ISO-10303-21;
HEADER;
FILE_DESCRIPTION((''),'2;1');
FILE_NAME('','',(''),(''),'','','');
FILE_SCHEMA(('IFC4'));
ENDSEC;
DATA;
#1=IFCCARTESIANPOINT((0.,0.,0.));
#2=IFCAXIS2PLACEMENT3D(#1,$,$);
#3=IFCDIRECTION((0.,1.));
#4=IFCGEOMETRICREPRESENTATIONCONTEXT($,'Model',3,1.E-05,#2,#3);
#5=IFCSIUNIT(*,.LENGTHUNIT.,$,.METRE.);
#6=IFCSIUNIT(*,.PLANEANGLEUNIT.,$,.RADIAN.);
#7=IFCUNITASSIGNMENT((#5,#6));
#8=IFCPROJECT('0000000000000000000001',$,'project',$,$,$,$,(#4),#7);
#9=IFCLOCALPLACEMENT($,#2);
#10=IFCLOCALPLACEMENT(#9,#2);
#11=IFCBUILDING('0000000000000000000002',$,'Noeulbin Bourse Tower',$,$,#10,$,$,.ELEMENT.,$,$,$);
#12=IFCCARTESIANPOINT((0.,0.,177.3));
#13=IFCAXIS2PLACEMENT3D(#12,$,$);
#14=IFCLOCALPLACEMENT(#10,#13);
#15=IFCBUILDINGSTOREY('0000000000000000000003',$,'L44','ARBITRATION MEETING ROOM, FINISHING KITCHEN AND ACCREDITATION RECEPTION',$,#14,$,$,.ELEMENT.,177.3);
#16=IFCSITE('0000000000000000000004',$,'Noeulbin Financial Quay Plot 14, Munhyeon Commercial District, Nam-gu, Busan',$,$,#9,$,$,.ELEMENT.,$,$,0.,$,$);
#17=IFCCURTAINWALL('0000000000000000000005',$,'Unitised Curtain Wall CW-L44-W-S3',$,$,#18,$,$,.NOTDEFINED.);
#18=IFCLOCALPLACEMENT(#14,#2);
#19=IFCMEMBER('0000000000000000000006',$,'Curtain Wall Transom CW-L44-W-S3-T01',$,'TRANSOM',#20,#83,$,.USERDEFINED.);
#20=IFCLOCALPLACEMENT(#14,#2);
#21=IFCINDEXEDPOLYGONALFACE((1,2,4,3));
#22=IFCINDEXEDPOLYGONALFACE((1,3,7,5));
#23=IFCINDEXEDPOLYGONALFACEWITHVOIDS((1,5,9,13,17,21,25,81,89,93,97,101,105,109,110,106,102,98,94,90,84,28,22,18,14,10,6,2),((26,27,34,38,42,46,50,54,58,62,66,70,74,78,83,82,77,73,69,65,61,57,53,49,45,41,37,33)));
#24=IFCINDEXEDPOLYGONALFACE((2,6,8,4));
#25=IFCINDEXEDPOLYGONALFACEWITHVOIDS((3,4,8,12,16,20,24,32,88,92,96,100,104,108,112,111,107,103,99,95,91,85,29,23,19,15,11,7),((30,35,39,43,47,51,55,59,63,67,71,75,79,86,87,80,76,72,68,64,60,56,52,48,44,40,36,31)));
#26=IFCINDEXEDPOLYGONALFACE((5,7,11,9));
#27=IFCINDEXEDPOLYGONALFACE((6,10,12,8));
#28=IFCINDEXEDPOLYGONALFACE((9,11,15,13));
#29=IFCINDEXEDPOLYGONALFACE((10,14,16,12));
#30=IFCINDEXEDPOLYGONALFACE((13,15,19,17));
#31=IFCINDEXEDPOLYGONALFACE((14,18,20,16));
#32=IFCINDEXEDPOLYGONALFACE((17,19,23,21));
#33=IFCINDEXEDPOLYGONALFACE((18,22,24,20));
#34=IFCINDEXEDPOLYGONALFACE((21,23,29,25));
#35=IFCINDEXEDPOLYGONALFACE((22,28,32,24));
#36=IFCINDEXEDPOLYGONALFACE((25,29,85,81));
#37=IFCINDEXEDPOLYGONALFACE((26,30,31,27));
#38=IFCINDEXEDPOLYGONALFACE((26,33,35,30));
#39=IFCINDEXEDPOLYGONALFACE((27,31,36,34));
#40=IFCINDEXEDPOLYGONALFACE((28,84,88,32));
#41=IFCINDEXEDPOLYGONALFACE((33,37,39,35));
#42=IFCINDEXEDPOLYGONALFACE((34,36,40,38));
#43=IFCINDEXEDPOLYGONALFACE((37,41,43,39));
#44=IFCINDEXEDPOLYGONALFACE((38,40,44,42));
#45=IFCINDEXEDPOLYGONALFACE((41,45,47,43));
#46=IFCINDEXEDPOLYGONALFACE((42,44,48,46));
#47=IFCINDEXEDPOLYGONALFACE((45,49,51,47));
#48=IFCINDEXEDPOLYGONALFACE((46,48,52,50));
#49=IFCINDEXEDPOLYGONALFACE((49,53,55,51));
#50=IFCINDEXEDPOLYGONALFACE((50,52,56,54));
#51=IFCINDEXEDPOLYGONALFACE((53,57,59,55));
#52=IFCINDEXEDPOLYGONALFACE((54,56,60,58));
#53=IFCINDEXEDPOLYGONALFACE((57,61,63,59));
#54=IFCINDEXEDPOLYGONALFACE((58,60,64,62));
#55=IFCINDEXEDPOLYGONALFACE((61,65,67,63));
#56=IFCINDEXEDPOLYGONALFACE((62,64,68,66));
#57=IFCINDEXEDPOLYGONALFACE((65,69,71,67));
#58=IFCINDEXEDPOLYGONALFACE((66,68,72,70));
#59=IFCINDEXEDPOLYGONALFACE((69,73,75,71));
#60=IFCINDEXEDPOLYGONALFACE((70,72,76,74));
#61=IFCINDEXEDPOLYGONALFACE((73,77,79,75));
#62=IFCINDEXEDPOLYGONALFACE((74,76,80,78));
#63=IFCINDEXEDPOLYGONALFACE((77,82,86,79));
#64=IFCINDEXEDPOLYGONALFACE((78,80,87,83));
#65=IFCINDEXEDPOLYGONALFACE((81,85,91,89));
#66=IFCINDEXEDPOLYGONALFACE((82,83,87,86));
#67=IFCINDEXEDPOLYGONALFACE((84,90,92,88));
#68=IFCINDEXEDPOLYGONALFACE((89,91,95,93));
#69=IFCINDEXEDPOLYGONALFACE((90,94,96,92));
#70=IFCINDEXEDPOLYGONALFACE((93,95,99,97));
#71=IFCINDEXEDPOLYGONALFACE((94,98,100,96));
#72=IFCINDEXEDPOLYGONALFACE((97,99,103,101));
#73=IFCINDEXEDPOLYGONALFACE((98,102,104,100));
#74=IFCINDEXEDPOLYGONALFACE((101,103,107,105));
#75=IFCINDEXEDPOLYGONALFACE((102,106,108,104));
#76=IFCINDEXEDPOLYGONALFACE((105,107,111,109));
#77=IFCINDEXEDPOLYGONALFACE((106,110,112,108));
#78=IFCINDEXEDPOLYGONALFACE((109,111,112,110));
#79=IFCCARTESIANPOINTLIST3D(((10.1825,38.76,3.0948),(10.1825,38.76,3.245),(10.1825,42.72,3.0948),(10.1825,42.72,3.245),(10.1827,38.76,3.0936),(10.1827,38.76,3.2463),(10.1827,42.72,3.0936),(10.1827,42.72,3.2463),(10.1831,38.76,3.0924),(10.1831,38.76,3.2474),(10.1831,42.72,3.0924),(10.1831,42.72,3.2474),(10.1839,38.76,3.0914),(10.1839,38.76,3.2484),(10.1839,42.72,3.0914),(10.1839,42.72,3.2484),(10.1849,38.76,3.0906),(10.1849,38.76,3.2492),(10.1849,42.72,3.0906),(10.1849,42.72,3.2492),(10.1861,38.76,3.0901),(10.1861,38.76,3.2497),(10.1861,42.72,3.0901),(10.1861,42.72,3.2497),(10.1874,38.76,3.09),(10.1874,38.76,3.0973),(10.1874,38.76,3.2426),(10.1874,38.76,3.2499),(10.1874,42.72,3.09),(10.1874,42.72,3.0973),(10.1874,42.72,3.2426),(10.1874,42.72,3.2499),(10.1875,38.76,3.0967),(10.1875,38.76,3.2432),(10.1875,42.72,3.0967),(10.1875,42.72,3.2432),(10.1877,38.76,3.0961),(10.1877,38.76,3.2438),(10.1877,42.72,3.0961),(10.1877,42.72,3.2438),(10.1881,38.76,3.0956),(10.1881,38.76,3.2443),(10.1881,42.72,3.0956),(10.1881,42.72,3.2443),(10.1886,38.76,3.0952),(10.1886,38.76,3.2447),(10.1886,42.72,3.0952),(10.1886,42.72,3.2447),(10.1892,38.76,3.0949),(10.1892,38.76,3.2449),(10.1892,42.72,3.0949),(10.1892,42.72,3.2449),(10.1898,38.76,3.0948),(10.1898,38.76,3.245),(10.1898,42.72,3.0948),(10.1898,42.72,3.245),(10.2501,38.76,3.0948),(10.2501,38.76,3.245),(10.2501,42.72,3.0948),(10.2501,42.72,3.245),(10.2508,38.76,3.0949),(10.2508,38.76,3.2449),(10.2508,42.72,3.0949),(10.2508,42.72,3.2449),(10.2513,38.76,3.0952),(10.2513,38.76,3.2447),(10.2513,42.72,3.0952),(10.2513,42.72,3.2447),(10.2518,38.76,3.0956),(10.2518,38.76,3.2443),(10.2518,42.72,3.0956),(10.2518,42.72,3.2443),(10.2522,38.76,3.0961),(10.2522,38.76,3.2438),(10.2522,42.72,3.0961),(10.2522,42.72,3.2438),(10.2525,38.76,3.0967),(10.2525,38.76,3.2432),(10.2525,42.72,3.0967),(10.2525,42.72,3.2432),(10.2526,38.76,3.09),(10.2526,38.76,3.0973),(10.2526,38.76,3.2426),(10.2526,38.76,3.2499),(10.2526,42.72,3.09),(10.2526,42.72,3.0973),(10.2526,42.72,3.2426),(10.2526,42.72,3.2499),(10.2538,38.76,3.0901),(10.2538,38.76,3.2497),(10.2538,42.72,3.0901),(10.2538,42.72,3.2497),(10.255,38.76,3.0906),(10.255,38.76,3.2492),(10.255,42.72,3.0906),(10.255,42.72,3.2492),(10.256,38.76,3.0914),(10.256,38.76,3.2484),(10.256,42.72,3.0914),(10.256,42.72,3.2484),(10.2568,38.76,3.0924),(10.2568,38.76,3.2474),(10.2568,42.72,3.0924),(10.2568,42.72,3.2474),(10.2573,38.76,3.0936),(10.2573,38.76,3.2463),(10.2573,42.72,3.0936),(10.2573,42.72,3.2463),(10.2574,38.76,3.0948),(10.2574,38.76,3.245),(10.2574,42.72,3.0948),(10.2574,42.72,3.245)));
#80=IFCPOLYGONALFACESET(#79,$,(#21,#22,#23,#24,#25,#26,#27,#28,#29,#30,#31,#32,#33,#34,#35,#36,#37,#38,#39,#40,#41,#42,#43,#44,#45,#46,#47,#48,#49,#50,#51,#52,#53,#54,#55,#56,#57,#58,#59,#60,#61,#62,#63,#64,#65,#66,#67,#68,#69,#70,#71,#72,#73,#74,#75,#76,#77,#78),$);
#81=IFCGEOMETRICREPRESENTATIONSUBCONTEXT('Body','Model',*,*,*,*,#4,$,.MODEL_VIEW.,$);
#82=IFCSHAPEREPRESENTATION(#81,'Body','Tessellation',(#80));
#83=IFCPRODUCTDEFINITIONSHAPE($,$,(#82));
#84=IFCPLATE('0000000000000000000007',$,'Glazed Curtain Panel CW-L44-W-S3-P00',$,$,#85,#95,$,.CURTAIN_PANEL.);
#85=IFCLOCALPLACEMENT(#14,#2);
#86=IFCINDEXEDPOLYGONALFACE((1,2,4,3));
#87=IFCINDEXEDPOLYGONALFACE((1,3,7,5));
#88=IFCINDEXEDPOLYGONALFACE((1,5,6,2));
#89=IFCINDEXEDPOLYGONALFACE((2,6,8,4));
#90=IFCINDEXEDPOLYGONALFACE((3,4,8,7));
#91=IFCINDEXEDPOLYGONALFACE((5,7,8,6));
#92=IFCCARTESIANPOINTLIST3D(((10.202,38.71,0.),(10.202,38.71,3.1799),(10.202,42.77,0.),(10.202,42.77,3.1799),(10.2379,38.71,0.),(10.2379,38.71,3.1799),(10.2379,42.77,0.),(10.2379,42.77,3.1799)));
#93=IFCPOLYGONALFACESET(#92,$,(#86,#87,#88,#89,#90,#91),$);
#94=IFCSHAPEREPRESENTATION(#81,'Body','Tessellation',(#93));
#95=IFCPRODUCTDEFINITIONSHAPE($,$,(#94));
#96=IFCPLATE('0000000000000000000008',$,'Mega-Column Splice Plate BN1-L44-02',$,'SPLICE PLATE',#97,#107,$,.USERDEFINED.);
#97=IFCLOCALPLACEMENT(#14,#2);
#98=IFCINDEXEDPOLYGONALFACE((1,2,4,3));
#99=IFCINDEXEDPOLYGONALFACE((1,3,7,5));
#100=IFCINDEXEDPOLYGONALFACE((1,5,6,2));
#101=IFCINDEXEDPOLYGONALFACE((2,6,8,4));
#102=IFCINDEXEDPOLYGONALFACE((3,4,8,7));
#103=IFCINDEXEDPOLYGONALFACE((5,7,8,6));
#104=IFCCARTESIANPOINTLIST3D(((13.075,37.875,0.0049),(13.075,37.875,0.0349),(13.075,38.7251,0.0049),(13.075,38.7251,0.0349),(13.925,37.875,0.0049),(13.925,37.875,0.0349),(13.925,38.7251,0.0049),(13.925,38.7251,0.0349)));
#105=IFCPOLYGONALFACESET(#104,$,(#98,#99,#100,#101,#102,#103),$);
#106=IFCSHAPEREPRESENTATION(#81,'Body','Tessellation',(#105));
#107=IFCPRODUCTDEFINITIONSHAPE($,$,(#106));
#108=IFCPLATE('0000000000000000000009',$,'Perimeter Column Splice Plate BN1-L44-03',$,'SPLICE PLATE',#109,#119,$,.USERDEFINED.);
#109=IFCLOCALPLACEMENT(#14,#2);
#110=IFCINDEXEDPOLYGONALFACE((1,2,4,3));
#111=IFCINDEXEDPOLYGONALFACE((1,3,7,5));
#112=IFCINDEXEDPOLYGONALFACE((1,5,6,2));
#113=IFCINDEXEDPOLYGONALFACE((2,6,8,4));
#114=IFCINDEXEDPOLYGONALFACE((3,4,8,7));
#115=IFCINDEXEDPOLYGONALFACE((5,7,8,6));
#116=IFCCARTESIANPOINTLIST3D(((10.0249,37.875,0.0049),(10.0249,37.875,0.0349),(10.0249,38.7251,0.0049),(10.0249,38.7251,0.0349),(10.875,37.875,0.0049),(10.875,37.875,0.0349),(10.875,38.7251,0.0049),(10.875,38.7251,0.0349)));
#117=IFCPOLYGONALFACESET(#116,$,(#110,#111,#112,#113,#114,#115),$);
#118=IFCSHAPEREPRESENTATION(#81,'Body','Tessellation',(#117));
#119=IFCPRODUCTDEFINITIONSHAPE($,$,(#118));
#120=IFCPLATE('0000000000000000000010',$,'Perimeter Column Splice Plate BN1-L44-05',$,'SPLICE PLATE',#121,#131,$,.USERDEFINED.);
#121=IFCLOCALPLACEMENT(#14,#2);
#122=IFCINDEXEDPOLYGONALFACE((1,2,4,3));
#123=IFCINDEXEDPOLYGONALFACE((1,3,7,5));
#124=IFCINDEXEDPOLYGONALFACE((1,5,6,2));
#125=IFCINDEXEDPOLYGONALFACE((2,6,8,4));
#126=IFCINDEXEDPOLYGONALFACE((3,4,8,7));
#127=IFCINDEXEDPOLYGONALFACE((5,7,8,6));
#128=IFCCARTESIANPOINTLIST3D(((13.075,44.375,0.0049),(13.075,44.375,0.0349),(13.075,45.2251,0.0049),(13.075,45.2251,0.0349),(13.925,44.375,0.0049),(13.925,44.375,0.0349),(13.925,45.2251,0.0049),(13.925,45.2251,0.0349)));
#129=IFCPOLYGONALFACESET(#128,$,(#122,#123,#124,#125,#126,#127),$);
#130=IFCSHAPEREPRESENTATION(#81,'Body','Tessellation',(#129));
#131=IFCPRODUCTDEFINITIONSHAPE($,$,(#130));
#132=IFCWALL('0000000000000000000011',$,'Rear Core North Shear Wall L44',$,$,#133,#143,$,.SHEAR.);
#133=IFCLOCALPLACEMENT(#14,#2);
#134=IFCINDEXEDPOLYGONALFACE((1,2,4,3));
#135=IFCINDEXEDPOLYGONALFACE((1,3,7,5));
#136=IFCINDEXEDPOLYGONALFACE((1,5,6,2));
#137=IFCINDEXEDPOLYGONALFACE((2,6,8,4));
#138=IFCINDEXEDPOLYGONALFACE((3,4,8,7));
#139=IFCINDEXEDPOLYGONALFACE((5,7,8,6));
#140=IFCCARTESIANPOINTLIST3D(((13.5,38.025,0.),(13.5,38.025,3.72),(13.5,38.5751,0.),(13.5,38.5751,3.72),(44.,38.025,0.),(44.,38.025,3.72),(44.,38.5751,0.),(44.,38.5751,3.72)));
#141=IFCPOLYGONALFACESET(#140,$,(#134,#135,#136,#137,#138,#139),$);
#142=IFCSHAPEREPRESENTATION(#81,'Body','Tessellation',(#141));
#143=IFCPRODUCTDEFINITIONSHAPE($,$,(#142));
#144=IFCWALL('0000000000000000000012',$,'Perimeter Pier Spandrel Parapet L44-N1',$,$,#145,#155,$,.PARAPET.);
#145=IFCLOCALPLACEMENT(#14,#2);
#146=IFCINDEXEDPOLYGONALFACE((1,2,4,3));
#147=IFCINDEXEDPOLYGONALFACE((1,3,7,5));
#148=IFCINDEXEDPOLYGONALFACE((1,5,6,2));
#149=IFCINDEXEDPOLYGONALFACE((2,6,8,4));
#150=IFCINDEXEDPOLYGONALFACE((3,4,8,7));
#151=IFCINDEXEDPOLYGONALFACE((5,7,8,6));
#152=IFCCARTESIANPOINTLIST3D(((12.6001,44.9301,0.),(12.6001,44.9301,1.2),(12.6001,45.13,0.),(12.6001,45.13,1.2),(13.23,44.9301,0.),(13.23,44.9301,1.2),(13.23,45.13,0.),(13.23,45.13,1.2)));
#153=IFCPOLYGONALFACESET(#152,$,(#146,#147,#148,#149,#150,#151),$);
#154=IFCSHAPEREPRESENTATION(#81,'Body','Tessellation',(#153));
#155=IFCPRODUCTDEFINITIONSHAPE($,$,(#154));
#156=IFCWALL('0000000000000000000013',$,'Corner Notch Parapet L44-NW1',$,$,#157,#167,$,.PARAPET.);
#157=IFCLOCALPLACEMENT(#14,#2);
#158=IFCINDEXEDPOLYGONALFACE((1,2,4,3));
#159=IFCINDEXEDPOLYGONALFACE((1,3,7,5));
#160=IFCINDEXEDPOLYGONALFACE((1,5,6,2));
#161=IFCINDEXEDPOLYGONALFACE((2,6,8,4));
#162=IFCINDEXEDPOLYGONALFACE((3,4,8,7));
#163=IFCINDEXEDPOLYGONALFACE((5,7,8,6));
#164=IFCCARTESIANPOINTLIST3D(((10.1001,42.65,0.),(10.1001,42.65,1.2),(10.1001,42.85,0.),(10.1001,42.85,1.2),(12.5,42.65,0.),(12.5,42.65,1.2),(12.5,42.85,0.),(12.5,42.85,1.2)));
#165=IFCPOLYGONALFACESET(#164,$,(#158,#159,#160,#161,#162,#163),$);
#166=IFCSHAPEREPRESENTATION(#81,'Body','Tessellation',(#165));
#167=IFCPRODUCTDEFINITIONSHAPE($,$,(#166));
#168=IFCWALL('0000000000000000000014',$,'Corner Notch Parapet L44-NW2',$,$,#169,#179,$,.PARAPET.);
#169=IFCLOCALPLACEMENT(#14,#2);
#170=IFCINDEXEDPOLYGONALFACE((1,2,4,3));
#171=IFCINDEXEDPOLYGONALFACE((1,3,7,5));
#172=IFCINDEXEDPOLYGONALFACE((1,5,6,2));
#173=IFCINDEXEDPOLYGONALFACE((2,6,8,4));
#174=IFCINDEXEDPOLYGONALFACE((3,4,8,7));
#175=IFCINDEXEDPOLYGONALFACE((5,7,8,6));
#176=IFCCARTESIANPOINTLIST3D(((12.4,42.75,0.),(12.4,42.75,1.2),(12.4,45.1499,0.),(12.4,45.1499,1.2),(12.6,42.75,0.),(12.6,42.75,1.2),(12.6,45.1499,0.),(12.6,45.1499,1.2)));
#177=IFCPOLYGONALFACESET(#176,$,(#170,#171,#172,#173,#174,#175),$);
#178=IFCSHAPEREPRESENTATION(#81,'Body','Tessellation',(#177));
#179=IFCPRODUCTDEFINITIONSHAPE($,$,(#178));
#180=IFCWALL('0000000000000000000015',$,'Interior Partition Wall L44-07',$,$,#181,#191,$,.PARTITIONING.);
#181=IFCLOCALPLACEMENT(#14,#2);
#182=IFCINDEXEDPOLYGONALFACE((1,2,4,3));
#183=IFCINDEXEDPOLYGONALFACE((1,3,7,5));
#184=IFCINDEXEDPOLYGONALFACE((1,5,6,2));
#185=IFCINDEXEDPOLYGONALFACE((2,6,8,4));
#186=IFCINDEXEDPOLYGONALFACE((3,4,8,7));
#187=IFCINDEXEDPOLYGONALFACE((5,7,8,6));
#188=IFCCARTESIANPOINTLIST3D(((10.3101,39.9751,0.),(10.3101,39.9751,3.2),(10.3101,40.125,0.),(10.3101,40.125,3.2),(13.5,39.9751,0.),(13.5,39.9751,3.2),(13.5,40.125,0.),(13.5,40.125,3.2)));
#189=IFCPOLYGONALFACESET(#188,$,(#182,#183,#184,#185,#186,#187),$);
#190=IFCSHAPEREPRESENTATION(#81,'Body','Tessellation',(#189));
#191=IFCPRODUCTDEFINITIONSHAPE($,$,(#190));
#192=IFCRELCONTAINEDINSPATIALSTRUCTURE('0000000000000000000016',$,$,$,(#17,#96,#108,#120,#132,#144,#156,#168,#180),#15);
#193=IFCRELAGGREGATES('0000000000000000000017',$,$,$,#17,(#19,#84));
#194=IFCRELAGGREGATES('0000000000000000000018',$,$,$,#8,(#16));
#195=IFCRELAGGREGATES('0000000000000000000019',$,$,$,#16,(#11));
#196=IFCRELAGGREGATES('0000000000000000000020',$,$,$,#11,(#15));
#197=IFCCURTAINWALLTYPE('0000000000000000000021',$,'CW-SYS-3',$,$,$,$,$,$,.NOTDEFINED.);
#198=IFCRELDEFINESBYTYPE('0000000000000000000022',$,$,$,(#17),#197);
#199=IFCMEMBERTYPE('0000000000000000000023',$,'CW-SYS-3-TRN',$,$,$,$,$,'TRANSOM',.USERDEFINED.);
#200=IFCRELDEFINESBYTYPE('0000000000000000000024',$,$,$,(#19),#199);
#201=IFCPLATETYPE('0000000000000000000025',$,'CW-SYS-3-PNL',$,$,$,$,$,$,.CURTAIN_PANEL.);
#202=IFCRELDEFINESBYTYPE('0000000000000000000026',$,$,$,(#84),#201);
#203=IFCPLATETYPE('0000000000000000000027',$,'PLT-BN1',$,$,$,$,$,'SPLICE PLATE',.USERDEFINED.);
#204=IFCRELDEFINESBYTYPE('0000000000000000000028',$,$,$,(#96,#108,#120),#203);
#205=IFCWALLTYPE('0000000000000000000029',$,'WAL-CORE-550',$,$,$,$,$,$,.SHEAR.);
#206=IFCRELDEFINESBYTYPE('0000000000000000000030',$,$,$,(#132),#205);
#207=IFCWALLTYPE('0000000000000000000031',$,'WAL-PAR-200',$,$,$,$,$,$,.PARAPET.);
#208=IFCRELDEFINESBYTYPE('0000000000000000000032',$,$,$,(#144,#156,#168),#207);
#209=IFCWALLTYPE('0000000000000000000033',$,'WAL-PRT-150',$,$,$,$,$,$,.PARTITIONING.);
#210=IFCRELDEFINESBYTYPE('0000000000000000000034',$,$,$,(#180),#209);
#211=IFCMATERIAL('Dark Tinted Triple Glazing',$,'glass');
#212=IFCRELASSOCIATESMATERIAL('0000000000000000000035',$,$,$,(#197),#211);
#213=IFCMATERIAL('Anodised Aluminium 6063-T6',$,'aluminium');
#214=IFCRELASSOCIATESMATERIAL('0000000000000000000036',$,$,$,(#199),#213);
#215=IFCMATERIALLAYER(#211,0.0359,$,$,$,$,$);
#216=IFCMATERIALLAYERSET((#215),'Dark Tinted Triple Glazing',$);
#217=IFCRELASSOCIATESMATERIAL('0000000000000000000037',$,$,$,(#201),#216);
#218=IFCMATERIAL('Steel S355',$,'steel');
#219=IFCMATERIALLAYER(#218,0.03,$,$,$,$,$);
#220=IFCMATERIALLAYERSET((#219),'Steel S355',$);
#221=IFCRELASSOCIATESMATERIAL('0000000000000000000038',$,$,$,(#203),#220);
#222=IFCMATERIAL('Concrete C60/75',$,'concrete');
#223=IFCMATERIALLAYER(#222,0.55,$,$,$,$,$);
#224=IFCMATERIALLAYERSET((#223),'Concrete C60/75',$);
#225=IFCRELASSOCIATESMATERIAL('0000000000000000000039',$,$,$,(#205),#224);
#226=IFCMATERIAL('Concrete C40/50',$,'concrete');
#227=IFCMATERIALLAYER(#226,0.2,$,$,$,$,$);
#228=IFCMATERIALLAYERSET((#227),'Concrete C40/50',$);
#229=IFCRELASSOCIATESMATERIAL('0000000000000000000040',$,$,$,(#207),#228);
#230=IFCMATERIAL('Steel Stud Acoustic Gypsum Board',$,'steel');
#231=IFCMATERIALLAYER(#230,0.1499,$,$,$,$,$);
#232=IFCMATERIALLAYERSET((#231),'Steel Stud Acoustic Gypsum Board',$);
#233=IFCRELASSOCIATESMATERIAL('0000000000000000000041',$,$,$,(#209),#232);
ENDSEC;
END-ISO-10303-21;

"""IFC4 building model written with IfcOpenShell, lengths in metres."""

from ifc_helpers import new_model, si_unit, direction, frame, frame_2d, origin, origin_2d, place, context, subcontext, project, spatial, rectangle, hollow_rectangle, extrude, material, layer, layer_set, material_profile, profile_set, type_object, element, aggregate, save


model = new_model("IFC4")

# Units and contexts
model_context = context("Model", 3, precision=1e-05, world=origin(), true_north=direction((0.0, 1.0)))
body_context = subcontext(model_context, "Body", "Model", "MODEL_VIEW")
ifc_project = project(units=[si_unit("LENGTHUNIT", "METRE"), si_unit("PLANEANGLEUNIT", "RADIAN")], contexts=[model_context])

# Site, building, storey
site_placement = place(None, origin())
site = spatial("IfcSite", under=ifc_project, at=site_placement, Name="Noeulbin Financial Quay Plot 14, Munhyeon Commercial District, Nam-gu, Busan", CompositionType="ELEMENT", RefElevation=0.0)
building_placement = place(site_placement, origin())
building = spatial("IfcBuilding", under=site, at=building_placement, Name="Noeulbin Bourse Tower", CompositionType="ELEMENT")
storey_placement = place(building_placement, frame((0.0, 0.0, 177.3)))
storey = spatial("IfcBuildingStorey", under=building, at=storey_placement, Name="L44", Description="ARBITRATION MEETING ROOM, FINISHING KITCHEN AND ACCREDITATION RECEPTION", CompositionType="ELEMENT", Elevation=177.3)

# Shared definitions
ifc_material_1 = material(Name="Steel S355", Category="steel")

# Shared definitions
ifc_material_2 = material(Name="Dark Tinted Triple Glazing", Category="glass")
curtain_wall_type = type_object("IfcCurtainWallType", Name="CW-SYS-3", PredefinedType="NOTDEFINED", material=ifc_material_2)
ifc_material_3 = material(Name="Anodised Aluminium 6063-T6", Category="aluminium")

# Curtain wall
curtain_wall_1_placement = place(storey_placement, origin())
curtain_wall_1 = element("IfcCurtainWall", 1, at=curtain_wall_1_placement, inside=storey, type_object=curtain_wall_type, Name="Unitised Curtain Wall CW-L44-W-S3", PredefinedType="NOTDEFINED")

# Member
ifc_material_profile_1 = material_profile(ifc_material_3, hollow_rectangle(XDim=0.075, YDim=0.1599, WallThickness=0.0049, InnerFilletRadius=0.0024, OuterFilletRadius=0.0049, at=origin_2d()), Name="ALU-TRAN-75x160x5", Category="LoadBearing")
ifc_profile_set_1 = profile_set([ifc_material_profile_1], Name="Anodised Aluminium 6063-T6")
member_type_1 = type_object("IfcMemberType", Name="CW-SYS-3-TRN", ElementType="TRANSOM", PredefinedType="USERDEFINED", material=ifc_profile_set_1)
member_1_placement = place(storey_placement, frame((10.22, 38.76, 3.1699), z_axis=(0.0, 1.0, 0.0), x_axis=(-1.0, 0.0, 0.0)))
member_1 = element("IfcMember", 2, at=member_1_placement, type_object=member_type_1, Name="Curtain Wall Transom CW-L44-W-S3-T01", ObjectType="TRANSOM", PredefinedType="USERDEFINED", context=body_context, shape_type="SweptSolid", body=[
    extrude(hollow_rectangle(XDim=0.075, YDim=0.1599, WallThickness=0.0049, InnerFilletRadius=0.0024, OuterFilletRadius=0.0049, at=origin_2d()), origin(), (0.0, 0.0, 1.0), 3.96),
])

# Plate
ifc_layer_1 = layer(ifc_material_2, 0.0359)
ifc_layer_set_1 = layer_set([ifc_layer_1], Name="Dark Tinted Triple Glazing")
plate_type_1 = type_object("IfcPlateType", Name="CW-SYS-3-PNL", PredefinedType="CURTAIN_PANEL", material=ifc_layer_set_1)
plate_placement = place(storey_placement, frame((10.22, 40.74, 0.0), z_axis=(0.0, 0.0, 1.0), x_axis=(0.0, 1.0, 0.0)))
plate = element("IfcPlate", 3, at=plate_placement, type_object=plate_type_1, Name="Glazed Curtain Panel CW-L44-W-S3-P00", PredefinedType="CURTAIN_PANEL", context=body_context, shape_type="SweptSolid", body=[
    extrude(rectangle(XDim=4.0601, YDim=0.0359, at=origin_2d()), origin(), (0.0, 0.0, 1.0), 3.1799),
])
aggregate(curtain_wall_1, [member_1, plate])

# Plates
ifc_layer_2 = layer(ifc_material_1, 0.03)
ifc_layer_set_2 = layer_set([ifc_layer_2], Name="Steel S355")
plate_type_2 = type_object("IfcPlateType", Name="PLT-BN1", ElementType="SPLICE PLATE", PredefinedType="USERDEFINED", material=ifc_layer_set_2)
for number, where, z_axis, x_axis, name in (
    (4, (13.5, 38.3, 0.0049), (0.0, 0.0, 1.0), (1.0, 0.0, 0.0), "Mega-Column Splice Plate BN1-L44-02"),
    (5, (10.45, 38.3, 0.0049), (0.0, 0.0, 1.0), (1.0, 0.0, 0.0), "Perimeter Column Splice Plate BN1-L44-03"),
    (6, (13.5, 44.8, 0.0049), (0.0, 0.0, 1.0), (1.0, 0.0, 0.0), "Perimeter Column Splice Plate BN1-L44-05"),
):
    element("IfcPlate", number, at=place(storey_placement, frame(where, z_axis=z_axis, x_axis=x_axis)), inside=storey, type_object=plate_type_2, Name=name, ObjectType="SPLICE PLATE", PredefinedType="USERDEFINED", context=body_context, shape_type="SweptSolid", body=[
        extrude(rectangle(XDim=0.8501, YDim=0.8501, at=origin_2d()), origin(), (0.0, 0.0, 1.0), 0.03),
    ])

# Walls
ifc_material_4 = material(Name="Concrete C60/75", Category="concrete")
ifc_layer_3 = layer(ifc_material_4, 0.55)
ifc_layer_set_3 = layer_set([ifc_layer_3], Name="Concrete C60/75")
wall_type_1 = type_object("IfcWallType", Name="WAL-CORE-550", PredefinedType="SHEAR", material=ifc_layer_set_3)
wall_1_placement = place(storey_placement, frame((13.5, 38.3, 0.0), z_axis=(0.0, 0.0, 1.0), x_axis=(1.0, 0.0, 0.0)))
element("IfcWall", 7, at=wall_1_placement, inside=storey, type_object=wall_type_1, Name="Rear Core North Shear Wall L44", PredefinedType="SHEAR", context=body_context, shape_type="SweptSolid", body=[
    extrude(rectangle(XDim=30.5, YDim=0.55, at=frame_2d((15.25, 0.0))), origin(), (0.0, 0.0, 1.0), 3.72),
])
ifc_material_5 = material(Name="Concrete C40/50", Category="concrete")
ifc_layer_4 = layer(ifc_material_5, 0.2)
ifc_layer_set_4 = layer_set([ifc_layer_4], Name="Concrete C40/50")
wall_type_2 = type_object("IfcWallType", Name="WAL-PAR-200", PredefinedType="PARAPET", material=ifc_layer_set_4)
wall_2_placement = place(storey_placement, frame((12.6001, 45.03, 0.0), z_axis=(0.0, 0.0, 1.0), x_axis=(1.0, 0.0, 0.0)))
element("IfcWall", 8, at=wall_2_placement, inside=storey, type_object=wall_type_2, Name="Perimeter Pier Spandrel Parapet L44-N1", PredefinedType="PARAPET", context=body_context, shape_type="SweptSolid", body=[
    extrude(rectangle(XDim=0.6299, YDim=0.2, at=frame_2d((0.3149, 0.0))), origin(), (0.0, 0.0, 1.0), 1.2),
])
for number, where, z_axis, x_axis, name in (
    (9, (10.1001, 42.75, 0.0), (0.0, 0.0, 1.0), (1.0, 0.0, 0.0), "Corner Notch Parapet L44-NW1"),
    (10, (12.5, 42.75, 0.0), (0.0, 0.0, 1.0), (0.0, 1.0, 0.0), "Corner Notch Parapet L44-NW2"),
):
    element("IfcWall", number, at=place(storey_placement, frame(where, z_axis=z_axis, x_axis=x_axis)), inside=storey, type_object=wall_type_2, Name=name, PredefinedType="PARAPET", context=body_context, shape_type="SweptSolid", body=[
        extrude(rectangle(XDim=2.3999, YDim=0.2, at=frame_2d((1.2, 0.0))), origin(), (0.0, 0.0, 1.0), 1.2),
    ])
ifc_material_6 = material(Name="Steel Stud Acoustic Gypsum Board", Category="steel")
ifc_layer_5 = layer(ifc_material_6, 0.1499)
ifc_layer_set_5 = layer_set([ifc_layer_5], Name="Steel Stud Acoustic Gypsum Board")
wall_type_3 = type_object("IfcWallType", Name="WAL-PRT-150", PredefinedType="PARTITIONING", material=ifc_layer_set_5)
wall_3_placement = place(storey_placement, frame((10.3101, 40.05, 0.0), z_axis=(0.0, 0.0, 1.0), x_axis=(1.0, 0.0, 0.0)))
element("IfcWall", 11, at=wall_3_placement, inside=storey, type_object=wall_type_3, Name="Interior Partition Wall L44-07", PredefinedType="PARTITIONING", context=body_context, shape_type="SweptSolid", body=[
    extrude(rectangle(XDim=3.1899, YDim=0.1499, at=frame_2d((1.595, 0.0))), origin(), (0.0, 0.0, 1.0), 3.2),
])

save(model, "model.ifc")
